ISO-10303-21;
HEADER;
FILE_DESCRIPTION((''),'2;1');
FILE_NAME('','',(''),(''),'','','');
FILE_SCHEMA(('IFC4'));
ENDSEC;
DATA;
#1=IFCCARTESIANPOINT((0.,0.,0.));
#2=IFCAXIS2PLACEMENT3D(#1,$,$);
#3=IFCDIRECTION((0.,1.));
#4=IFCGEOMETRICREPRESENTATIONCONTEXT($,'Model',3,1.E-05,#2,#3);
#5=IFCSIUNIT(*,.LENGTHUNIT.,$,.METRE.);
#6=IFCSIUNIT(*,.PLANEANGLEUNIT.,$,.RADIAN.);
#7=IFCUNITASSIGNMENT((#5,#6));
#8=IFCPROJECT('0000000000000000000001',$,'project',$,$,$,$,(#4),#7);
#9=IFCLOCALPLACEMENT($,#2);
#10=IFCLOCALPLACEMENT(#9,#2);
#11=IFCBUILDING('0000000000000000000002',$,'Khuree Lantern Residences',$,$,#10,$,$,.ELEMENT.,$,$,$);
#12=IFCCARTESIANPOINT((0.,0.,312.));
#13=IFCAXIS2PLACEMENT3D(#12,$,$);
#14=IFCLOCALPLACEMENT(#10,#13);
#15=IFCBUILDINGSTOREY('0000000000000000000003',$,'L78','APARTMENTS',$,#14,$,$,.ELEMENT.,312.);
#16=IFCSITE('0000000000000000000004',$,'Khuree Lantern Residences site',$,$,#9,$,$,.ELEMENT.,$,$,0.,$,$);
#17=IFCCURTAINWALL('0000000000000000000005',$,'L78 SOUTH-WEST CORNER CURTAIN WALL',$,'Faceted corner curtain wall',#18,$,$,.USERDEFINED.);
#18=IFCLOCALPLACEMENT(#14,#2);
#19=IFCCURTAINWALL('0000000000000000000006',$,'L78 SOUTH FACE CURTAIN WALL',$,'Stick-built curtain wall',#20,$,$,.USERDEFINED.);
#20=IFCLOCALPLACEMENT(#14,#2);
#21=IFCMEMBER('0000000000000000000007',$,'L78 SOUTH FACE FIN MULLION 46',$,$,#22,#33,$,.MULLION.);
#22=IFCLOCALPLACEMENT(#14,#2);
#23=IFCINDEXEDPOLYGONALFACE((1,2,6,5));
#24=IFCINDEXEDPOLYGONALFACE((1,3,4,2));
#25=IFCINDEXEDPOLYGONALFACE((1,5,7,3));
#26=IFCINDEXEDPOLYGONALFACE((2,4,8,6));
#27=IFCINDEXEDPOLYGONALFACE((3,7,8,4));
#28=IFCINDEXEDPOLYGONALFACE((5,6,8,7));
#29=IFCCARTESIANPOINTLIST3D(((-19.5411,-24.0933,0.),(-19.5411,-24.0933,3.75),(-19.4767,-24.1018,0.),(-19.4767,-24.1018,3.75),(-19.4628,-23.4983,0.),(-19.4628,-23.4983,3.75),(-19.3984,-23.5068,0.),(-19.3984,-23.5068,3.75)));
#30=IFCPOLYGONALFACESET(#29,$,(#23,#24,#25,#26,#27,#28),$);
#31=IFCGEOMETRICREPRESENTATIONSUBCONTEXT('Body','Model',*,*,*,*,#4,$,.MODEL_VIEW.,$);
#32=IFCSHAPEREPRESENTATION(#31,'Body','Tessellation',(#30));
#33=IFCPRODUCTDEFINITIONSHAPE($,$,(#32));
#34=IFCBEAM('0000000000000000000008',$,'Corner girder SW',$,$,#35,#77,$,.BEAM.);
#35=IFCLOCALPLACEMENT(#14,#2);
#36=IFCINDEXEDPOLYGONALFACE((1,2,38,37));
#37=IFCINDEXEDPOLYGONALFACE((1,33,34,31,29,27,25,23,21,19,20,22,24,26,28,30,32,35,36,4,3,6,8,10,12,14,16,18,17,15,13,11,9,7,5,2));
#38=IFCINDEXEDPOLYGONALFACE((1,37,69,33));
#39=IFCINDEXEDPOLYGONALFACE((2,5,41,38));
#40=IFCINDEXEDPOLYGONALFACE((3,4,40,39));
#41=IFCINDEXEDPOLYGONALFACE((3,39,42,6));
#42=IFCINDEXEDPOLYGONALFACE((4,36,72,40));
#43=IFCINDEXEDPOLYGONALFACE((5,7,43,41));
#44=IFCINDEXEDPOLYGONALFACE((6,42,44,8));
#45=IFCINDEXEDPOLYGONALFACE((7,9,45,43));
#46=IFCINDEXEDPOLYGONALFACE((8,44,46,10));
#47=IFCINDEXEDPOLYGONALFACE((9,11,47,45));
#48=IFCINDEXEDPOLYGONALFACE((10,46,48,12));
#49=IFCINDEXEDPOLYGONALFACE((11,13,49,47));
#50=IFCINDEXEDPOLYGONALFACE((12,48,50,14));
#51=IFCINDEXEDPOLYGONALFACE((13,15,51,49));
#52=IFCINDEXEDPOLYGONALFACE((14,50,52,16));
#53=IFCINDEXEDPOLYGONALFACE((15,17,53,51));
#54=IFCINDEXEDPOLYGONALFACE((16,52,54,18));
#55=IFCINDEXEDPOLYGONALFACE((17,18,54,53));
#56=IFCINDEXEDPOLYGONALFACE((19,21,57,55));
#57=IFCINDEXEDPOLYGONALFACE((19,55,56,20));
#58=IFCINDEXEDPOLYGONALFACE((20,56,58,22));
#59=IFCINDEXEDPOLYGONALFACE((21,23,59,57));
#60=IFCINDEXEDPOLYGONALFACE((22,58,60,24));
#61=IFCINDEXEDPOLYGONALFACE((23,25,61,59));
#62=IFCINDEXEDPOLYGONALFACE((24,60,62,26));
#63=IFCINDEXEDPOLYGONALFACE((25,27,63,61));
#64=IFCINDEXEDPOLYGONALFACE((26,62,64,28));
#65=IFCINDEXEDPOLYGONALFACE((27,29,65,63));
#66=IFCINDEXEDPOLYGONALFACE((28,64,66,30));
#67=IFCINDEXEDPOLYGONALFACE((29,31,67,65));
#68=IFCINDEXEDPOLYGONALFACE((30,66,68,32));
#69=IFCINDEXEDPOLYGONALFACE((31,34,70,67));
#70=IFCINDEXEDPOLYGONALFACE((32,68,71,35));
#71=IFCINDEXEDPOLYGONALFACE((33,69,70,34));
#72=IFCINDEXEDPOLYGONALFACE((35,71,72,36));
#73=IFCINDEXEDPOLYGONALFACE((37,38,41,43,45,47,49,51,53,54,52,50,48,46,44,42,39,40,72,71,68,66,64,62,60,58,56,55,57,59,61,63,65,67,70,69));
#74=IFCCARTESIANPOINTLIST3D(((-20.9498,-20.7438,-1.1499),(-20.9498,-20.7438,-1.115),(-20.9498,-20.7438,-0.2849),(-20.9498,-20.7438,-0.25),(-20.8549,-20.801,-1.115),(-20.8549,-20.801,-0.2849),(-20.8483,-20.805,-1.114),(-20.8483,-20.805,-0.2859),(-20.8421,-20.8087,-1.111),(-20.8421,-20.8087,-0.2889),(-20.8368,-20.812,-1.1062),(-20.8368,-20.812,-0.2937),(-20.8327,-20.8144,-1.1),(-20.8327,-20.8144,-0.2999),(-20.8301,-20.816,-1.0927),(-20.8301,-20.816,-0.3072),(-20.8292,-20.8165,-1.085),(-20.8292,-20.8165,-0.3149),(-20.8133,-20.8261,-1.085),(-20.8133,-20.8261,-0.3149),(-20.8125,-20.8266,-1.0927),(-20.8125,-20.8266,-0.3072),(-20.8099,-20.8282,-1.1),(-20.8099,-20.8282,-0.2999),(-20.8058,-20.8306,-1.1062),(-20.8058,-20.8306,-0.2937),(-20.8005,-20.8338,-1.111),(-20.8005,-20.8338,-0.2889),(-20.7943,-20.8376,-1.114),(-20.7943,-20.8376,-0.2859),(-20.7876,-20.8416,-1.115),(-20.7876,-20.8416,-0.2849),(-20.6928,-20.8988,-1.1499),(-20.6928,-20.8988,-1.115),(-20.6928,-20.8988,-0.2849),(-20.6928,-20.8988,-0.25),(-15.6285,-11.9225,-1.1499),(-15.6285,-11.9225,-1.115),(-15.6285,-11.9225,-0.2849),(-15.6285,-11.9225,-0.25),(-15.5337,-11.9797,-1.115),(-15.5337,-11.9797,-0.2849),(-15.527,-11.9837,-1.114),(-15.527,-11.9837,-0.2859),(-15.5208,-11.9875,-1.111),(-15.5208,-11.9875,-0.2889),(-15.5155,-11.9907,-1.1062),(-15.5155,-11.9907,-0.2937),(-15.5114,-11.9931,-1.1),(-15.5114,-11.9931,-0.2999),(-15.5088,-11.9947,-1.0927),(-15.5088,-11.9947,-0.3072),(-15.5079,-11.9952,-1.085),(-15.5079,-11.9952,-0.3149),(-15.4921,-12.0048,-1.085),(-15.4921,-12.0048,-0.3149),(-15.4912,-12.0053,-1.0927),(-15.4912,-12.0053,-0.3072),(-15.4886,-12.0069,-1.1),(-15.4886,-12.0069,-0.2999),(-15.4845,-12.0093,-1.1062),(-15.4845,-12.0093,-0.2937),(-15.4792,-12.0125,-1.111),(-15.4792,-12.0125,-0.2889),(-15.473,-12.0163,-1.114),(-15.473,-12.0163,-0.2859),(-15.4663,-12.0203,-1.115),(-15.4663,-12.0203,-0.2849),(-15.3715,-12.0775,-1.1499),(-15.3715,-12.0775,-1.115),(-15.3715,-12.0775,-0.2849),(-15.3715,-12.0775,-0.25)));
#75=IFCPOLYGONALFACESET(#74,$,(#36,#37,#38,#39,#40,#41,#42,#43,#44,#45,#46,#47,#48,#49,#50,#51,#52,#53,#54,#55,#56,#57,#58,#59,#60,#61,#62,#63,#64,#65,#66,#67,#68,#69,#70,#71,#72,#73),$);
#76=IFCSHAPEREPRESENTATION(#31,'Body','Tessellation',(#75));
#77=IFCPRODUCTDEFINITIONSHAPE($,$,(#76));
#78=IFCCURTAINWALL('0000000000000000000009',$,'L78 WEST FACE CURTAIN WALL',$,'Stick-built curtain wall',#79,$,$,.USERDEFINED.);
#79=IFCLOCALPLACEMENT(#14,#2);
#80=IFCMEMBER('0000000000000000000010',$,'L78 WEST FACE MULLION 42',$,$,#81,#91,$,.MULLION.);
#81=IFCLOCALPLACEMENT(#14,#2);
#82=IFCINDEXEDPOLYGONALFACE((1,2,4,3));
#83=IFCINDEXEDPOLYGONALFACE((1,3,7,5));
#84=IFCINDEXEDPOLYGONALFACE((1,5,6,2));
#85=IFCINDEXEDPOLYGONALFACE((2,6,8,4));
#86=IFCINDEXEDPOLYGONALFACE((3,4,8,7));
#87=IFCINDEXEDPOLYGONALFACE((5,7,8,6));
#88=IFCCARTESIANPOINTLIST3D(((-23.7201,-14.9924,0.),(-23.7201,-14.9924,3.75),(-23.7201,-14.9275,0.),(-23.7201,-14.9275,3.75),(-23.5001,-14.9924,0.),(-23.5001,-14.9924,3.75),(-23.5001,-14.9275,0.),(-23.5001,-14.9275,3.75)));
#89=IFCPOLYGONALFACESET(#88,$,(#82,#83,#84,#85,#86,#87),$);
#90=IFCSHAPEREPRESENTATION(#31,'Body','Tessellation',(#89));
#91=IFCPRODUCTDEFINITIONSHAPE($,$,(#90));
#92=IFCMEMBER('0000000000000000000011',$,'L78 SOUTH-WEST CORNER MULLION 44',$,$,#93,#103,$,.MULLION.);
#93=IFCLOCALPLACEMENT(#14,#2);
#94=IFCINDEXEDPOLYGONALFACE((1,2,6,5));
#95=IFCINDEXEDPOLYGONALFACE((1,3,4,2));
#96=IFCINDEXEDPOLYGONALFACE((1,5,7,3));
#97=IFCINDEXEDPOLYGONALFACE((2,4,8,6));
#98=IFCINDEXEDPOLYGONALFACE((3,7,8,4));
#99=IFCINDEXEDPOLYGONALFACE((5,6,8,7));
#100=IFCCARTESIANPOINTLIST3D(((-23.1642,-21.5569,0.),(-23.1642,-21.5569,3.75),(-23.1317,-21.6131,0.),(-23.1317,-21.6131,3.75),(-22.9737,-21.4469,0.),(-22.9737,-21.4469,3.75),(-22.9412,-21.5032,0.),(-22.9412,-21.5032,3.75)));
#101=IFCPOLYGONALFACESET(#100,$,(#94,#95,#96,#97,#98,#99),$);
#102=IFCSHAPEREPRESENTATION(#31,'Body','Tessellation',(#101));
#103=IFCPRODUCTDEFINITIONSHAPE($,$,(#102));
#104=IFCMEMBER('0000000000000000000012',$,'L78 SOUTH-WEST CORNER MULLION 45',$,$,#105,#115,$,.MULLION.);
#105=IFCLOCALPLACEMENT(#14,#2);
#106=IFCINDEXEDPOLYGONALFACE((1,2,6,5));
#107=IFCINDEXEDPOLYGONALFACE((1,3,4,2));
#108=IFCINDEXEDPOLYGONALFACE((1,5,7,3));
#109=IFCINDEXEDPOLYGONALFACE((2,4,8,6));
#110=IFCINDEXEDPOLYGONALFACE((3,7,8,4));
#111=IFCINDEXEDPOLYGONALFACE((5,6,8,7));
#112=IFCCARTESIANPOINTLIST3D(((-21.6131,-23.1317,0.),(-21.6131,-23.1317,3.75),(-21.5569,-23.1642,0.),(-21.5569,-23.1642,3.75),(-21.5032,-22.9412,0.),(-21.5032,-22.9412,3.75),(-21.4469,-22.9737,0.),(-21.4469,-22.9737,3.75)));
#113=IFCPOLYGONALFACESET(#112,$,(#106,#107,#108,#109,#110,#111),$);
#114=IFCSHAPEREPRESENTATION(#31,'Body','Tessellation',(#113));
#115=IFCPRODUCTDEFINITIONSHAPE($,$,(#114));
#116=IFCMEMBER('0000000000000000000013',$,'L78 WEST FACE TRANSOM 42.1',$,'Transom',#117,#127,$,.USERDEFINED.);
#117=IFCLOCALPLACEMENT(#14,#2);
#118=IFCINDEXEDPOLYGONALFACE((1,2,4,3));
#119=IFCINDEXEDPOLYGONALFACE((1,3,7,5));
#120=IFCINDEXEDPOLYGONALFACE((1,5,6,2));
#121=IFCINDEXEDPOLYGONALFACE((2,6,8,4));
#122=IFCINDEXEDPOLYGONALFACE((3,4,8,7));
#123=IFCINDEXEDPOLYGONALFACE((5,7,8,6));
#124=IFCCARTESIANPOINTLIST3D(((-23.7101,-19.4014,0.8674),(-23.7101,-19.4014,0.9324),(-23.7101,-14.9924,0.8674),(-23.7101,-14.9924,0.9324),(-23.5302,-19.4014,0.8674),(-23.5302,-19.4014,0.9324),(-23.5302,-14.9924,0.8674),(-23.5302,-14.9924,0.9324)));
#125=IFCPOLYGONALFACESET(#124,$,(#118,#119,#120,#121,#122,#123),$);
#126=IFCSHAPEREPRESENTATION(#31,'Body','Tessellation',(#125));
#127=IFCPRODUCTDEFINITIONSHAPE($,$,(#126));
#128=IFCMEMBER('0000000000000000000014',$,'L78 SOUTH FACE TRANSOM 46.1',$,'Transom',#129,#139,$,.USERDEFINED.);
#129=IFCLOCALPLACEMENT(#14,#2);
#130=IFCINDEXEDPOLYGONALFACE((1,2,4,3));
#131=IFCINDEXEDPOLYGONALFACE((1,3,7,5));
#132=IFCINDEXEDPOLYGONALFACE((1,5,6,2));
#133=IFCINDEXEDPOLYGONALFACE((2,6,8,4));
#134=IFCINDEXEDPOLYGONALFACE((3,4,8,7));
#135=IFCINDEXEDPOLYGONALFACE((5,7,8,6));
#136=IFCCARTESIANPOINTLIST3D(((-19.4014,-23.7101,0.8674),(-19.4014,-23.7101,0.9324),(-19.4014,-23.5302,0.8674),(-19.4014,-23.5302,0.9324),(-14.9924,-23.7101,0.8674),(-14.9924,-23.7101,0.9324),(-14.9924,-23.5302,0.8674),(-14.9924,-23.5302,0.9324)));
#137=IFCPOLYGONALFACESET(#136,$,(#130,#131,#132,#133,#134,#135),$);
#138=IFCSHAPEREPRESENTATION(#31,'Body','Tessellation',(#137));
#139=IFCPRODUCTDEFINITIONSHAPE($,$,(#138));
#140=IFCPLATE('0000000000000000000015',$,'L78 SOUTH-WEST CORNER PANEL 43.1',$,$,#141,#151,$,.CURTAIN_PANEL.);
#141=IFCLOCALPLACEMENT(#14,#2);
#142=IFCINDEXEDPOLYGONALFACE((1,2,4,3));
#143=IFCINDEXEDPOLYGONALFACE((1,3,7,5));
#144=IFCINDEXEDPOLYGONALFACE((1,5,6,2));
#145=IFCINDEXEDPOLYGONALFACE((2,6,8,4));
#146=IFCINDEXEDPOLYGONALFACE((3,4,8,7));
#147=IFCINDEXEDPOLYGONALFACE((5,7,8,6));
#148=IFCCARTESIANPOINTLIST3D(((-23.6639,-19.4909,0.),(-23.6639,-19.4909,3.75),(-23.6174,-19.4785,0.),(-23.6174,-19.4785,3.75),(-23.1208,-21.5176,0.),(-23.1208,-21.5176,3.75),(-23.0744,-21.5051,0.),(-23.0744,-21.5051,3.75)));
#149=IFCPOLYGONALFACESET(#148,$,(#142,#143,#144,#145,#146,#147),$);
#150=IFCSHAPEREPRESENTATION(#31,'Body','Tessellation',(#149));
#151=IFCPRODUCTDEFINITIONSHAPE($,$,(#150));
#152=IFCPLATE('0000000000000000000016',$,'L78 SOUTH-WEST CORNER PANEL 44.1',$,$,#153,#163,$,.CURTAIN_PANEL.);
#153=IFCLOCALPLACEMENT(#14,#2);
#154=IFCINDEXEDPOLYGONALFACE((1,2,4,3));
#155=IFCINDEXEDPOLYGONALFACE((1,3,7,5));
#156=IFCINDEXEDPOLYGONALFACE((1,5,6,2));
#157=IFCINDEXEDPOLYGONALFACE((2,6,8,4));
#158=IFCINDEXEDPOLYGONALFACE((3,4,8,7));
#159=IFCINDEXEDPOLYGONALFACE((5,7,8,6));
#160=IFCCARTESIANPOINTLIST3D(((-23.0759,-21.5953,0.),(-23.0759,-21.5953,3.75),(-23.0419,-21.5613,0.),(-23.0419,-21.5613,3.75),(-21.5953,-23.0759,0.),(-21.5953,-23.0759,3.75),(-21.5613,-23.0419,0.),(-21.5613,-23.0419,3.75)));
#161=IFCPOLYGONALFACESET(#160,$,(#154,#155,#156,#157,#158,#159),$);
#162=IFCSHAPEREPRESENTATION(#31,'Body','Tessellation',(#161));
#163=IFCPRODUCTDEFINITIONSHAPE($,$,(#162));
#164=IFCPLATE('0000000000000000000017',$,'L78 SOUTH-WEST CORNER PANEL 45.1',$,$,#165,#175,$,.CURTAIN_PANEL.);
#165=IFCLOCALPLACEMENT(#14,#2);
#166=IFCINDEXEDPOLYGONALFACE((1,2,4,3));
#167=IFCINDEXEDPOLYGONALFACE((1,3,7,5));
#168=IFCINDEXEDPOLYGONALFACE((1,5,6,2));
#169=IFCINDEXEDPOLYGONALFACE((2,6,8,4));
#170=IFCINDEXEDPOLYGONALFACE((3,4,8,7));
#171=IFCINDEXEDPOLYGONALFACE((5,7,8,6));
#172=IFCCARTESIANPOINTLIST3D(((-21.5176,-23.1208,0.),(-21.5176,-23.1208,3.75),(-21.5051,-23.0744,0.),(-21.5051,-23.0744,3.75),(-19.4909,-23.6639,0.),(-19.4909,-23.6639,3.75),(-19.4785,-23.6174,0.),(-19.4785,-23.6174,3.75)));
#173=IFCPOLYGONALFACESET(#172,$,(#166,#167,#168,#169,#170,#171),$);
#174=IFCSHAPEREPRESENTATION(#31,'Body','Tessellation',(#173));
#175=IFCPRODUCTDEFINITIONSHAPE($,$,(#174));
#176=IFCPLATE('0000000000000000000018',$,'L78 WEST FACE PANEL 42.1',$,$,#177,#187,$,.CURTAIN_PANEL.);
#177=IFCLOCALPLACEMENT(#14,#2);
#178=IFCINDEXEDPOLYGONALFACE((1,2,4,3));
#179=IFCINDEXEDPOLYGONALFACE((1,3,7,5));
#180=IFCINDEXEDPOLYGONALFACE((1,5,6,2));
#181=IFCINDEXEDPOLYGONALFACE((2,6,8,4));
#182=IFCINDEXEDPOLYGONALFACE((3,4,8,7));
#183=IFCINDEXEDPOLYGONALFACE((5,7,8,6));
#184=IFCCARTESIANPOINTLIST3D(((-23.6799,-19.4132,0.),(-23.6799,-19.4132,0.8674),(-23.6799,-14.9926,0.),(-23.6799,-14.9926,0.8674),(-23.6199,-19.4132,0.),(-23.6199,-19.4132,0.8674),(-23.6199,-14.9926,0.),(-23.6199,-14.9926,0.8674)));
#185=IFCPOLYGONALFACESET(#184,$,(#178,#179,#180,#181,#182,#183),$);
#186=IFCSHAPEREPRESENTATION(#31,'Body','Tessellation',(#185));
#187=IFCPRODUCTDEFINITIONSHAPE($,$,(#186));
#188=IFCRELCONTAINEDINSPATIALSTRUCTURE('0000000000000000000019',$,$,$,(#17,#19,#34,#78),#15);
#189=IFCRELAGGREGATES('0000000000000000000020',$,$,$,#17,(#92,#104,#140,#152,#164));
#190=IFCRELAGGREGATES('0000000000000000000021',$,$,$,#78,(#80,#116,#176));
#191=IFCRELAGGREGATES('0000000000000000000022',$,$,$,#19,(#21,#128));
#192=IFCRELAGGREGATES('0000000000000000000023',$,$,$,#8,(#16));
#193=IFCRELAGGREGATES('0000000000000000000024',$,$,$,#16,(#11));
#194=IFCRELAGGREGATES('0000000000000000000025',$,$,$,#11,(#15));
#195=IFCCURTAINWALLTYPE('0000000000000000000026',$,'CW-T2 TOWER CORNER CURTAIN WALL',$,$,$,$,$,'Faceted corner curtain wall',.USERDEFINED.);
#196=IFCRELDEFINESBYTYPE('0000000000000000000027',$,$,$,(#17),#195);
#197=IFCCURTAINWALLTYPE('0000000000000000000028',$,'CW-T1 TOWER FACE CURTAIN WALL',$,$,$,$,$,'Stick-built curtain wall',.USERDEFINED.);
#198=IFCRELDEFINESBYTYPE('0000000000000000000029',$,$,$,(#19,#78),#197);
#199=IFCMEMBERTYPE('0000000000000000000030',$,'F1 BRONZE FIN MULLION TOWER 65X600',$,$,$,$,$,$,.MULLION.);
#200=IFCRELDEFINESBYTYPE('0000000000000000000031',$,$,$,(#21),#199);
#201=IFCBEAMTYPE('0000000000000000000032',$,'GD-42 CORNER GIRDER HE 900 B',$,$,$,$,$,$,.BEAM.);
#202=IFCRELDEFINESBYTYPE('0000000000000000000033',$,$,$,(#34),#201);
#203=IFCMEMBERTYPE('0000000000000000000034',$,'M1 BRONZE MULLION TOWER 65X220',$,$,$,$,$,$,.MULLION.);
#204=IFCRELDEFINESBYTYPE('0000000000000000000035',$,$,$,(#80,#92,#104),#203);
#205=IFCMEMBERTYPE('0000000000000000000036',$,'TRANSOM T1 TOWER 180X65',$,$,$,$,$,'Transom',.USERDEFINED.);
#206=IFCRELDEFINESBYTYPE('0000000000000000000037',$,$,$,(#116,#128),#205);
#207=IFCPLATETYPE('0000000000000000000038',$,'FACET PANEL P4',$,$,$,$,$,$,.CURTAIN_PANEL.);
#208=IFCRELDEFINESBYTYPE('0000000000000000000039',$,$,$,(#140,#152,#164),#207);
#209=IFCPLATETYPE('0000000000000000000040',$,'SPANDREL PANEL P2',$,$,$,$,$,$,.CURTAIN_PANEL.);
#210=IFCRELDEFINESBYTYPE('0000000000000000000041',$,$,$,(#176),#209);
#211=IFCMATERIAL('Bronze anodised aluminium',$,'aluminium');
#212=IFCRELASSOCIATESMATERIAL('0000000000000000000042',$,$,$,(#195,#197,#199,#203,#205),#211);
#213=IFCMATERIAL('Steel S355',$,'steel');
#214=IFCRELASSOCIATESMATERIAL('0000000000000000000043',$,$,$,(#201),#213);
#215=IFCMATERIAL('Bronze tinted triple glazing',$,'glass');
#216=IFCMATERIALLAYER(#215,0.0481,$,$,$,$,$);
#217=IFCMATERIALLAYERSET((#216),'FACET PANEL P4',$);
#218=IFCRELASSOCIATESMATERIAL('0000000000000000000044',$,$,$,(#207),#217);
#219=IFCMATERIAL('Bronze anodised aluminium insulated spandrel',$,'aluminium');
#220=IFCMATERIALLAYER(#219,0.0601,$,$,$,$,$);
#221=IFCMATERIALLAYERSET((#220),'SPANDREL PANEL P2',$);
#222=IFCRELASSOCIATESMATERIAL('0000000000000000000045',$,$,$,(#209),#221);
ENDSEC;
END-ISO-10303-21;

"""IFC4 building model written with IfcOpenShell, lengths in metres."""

from ifc_helpers import new_model, si_unit, direction, frame, origin, origin_2d, place, context, subcontext, project, spatial, rectangle, i_section, extrude, material, layer, layer_set, material_profile, profile_set, type_object, element, aggregate, save


model = new_model("IFC4")

# Units and contexts
model_context = context("Model", 3, precision=1e-05, world=origin(), true_north=direction((0.0, 1.0)))
body_context = subcontext(model_context, "Body", "Model", "MODEL_VIEW")
ifc_project = project(units=[si_unit("LENGTHUNIT", "METRE"), si_unit("PLANEANGLEUNIT", "RADIAN")], contexts=[model_context])

# Site, building, storey
site_placement = place(None, origin())
site = spatial("IfcSite", under=ifc_project, at=site_placement, Name="Khuree Lantern Residences site", CompositionType="ELEMENT", RefElevation=0.0)
building_placement = place(site_placement, origin())
building = spatial("IfcBuilding", under=site, at=building_placement, Name="Khuree Lantern Residences", CompositionType="ELEMENT")
storey_placement = place(building_placement, frame((0.0, 0.0, 312.0)))
storey = spatial("IfcBuildingStorey", under=building, at=storey_placement, Name="L78", Description="APARTMENTS", CompositionType="ELEMENT", Elevation=312.0)

# Shared definitions
ifc_material_1 = material(Name="Steel S355", Category="steel")

# Curtain walls, member
ifc_material_2 = material(Name="Bronze anodised aluminium", Category="aluminium")
curtain_wall_type_1 = type_object("IfcCurtainWallType", Name="CW-T2 TOWER CORNER CURTAIN WALL", ElementType="Faceted corner curtain wall", PredefinedType="USERDEFINED", material=ifc_material_2)
curtain_wall_1_placement = place(storey_placement, origin())
curtain_wall_1 = element("IfcCurtainWall", 1, at=curtain_wall_1_placement, inside=storey, type_object=curtain_wall_type_1, Name="L78 SOUTH-WEST CORNER CURTAIN WALL", ObjectType="Faceted corner curtain wall", PredefinedType="USERDEFINED")
ifc_material_profile_1 = material_profile(ifc_material_2, rectangle(XDim=0.0649, YDim=0.6001, at=origin_2d()), Name="F1 65X600")
ifc_profile_set_1 = profile_set([ifc_material_profile_1], Name="Bronze anodised aluminium")
member_type_1 = type_object("IfcMemberType", Name="F1 BRONZE FIN MULLION TOWER 65X600", PredefinedType="MULLION", material=ifc_profile_set_1)
curtain_wall_type_2 = type_object("IfcCurtainWallType", Name="CW-T1 TOWER FACE CURTAIN WALL", ElementType="Stick-built curtain wall", PredefinedType="USERDEFINED", material=ifc_material_2)
curtain_wall_2_placement = place(storey_placement, origin())
curtain_wall_2 = element("IfcCurtainWall", 2, at=curtain_wall_2_placement, inside=storey, type_object=curtain_wall_type_2, Name="L78 SOUTH FACE CURTAIN WALL", ObjectType="Stick-built curtain wall", PredefinedType="USERDEFINED")
member_1_placement = place(storey_placement, frame((-19.4697, -23.8, 0.0), z_axis=(0.0, 0.0, 1.0), x_axis=(0.991445, -0.130526, 0.0)))
member_1 = element("IfcMember", 3, at=member_1_placement, type_object=member_type_1, Name="L78 SOUTH FACE FIN MULLION 46", PredefinedType="MULLION", context=body_context, shape_type="SweptSolid", body=[
    extrude(rectangle(XDim=0.0649, YDim=0.6001, at=origin_2d()), origin(), (0.0, 0.0, 1.0), 3.75),
])

# Beam
ifc_material_profile_2 = material_profile(ifc_material_1, i_section(OverallWidth=0.3, OverallDepth=0.8999, WebThickness=0.0186, FlangeThickness=0.0349, FilletRadius=0.03, at=origin_2d()), Name="HE 900 B")
ifc_profile_set_2 = profile_set([ifc_material_profile_2], Name="Steel S355")
beam_type_1 = type_object("IfcBeamType", Name="GD-42 CORNER GIRDER HE 900 B", PredefinedType="BEAM", material=ifc_profile_set_2)
beam_1_placement = place(storey_placement, frame((-20.8213, -20.8213, -0.7), z_axis=(0.51653, 0.856269, 0.0), x_axis=(-0.856269, 0.51653, 0.0)))
element("IfcBeam", 4, at=beam_1_placement, inside=storey, type_object=beam_type_1, Name="Corner girder SW", PredefinedType="BEAM", context=body_context, shape_type="SweptSolid", body=[
    extrude(i_section(OverallWidth=0.3, OverallDepth=0.8999, WebThickness=0.0186, FlangeThickness=0.0349, FilletRadius=0.03, at=origin_2d()), origin(), (0.0, 0.0, 1.0), 10.302),
])

# Curtain wall, member
curtain_wall_3_placement = place(storey_placement, origin())
curtain_wall_3 = element("IfcCurtainWall", 5, at=curtain_wall_3_placement, inside=storey, type_object=curtain_wall_type_2, Name="L78 WEST FACE CURTAIN WALL", ObjectType="Stick-built curtain wall", PredefinedType="USERDEFINED")
ifc_material_profile_3 = material_profile(ifc_material_2, rectangle(XDim=0.0649, YDim=0.22, at=origin_2d()), Name="M1 65X220")
ifc_profile_set_3 = profile_set([ifc_material_profile_3], Name="Bronze anodised aluminium")
member_type_2 = type_object("IfcMemberType", Name="M1 BRONZE MULLION TOWER 65X220", PredefinedType="MULLION", material=ifc_profile_set_3)
member_2_placement = place(storey_placement, frame((-23.6101, -14.96, 0.0), z_axis=(0.0, 0.0, 1.0), x_axis=(0.0, -1.0, 0.0)))
member_2 = element("IfcMember", 6, at=member_2_placement, type_object=member_type_2, Name="L78 WEST FACE MULLION 42", PredefinedType="MULLION", context=body_context, shape_type="SweptSolid", body=[
    extrude(rectangle(XDim=0.0649, YDim=0.22, at=origin_2d()), origin(), (0.0, 0.0, 1.0), 3.75),
])

# Members
member_3_placement = place(storey_placement, frame((-23.0527, -21.53, 0.0), z_axis=(0.0, 0.0, 1.0), x_axis=(0.5, -0.866025, 0.0)))
member_3 = element("IfcMember", 7, at=member_3_placement, type_object=member_type_2, Name="L78 SOUTH-WEST CORNER MULLION 44", PredefinedType="MULLION", context=body_context, shape_type="SweptSolid", body=[
    extrude(rectangle(XDim=0.0649, YDim=0.22, at=origin_2d()), origin(), (0.0, 0.0, 1.0), 3.75),
])
member_4_placement = place(storey_placement, frame((-21.53, -23.0527, 0.0), z_axis=(0.0, 0.0, 1.0), x_axis=(0.866025, -0.5, 0.0)))
member_4 = element("IfcMember", 8, at=member_4_placement, type_object=member_type_2, Name="L78 SOUTH-WEST CORNER MULLION 45", PredefinedType="MULLION", context=body_context, shape_type="SweptSolid", body=[
    extrude(rectangle(XDim=0.0649, YDim=0.22, at=origin_2d()), origin(), (0.0, 0.0, 1.0), 3.75),
])
ifc_material_profile_4 = material_profile(ifc_material_2, rectangle(XDim=0.1799, YDim=0.0649, at=origin_2d()), Name="T1 180X65")
ifc_profile_set_4 = profile_set([ifc_material_profile_4], Name="Bronze anodised aluminium")
member_type_3 = type_object("IfcMemberType", Name="TRANSOM T1 TOWER 180X65", ElementType="Transom", PredefinedType="USERDEFINED", material=ifc_profile_set_4)
member_5_placement = place(storey_placement, frame((-23.6201, -14.9924, 0.8999), z_axis=(0.0, -1.0, 0.0), x_axis=(1.0, 0.0, 0.0)))
member_5 = element("IfcMember", 9, at=member_5_placement, type_object=member_type_3, Name="L78 WEST FACE TRANSOM 42.1", ObjectType="Transom", PredefinedType="USERDEFINED", context=body_context, shape_type="SweptSolid", body=[
    extrude(rectangle(XDim=0.1799, YDim=0.0649, at=origin_2d()), origin(), (0.0, 0.0, 1.0), 4.4089),
])
member_6_placement = place(storey_placement, frame((-19.4014, -23.6201, 0.8999), z_axis=(1.0, 0.0, 0.0), x_axis=(0.0, 1.0, 0.0)))
member_6 = element("IfcMember", 10, at=member_6_placement, type_object=member_type_3, Name="L78 SOUTH FACE TRANSOM 46.1", ObjectType="Transom", PredefinedType="USERDEFINED", context=body_context, shape_type="SweptSolid", body=[
    extrude(rectangle(XDim=0.1799, YDim=0.0649, at=origin_2d()), origin(), (0.0, 0.0, 1.0), 4.4089),
])

# Plates
ifc_material_3 = material(Name="Bronze tinted triple glazing", Category="glass")
ifc_layer_1 = layer(ifc_material_3, 0.0481)
ifc_layer_set_1 = layer_set([ifc_layer_1], Name="FACET PANEL P4")
plate_type_1 = type_object("IfcPlateType", Name="FACET PANEL P4", PredefinedType="CURTAIN_PANEL", material=ifc_layer_set_1)
plate_1_placement = place(storey_placement, frame((-23.3691, -20.498, 0.0), z_axis=(0.0, 0.0, 1.0), x_axis=(0.258819, -0.965926, 0.0)))
plate_1 = element("IfcPlate", 11, at=plate_1_placement, type_object=plate_type_1, Name="L78 SOUTH-WEST CORNER PANEL 43.1", PredefinedType="CURTAIN_PANEL", context=body_context, shape_type="SweptSolid", body=[
    extrude(rectangle(XDim=2.0981, YDim=0.0481, at=origin_2d()), origin(), (0.0, 0.0, 1.0), 3.75),
])
plate_2_placement = place(storey_placement, frame((-22.3186, -22.3186, 0.0), z_axis=(0.0, 0.0, 1.0), x_axis=(0.707107, -0.707107, 0.0)))
plate_2 = element("IfcPlate", 12, at=plate_2_placement, type_object=plate_type_1, Name="L78 SOUTH-WEST CORNER PANEL 44.1", PredefinedType="CURTAIN_PANEL", context=body_context, shape_type="SweptSolid", body=[
    extrude(rectangle(XDim=2.094, YDim=0.0481, at=origin_2d()), origin(), (0.0, 0.0, 1.0), 3.75),
])
plate_3_placement = place(storey_placement, frame((-20.498, -23.3691, 0.0), z_axis=(0.0, 0.0, 1.0), x_axis=(0.965926, -0.258819, 0.0)))
plate_3 = element("IfcPlate", 13, at=plate_3_placement, type_object=plate_type_1, Name="L78 SOUTH-WEST CORNER PANEL 45.1", PredefinedType="CURTAIN_PANEL", context=body_context, shape_type="SweptSolid", body=[
    extrude(rectangle(XDim=2.0981, YDim=0.0481, at=origin_2d()), origin(), (0.0, 0.0, 1.0), 3.75),
])
aggregate(curtain_wall_1, [member_3, member_4, plate_1, plate_2, plate_3])
ifc_material_4 = material(Name="Bronze anodised aluminium insulated spandrel", Category="aluminium")
ifc_layer_2 = layer(ifc_material_4, 0.0601)
ifc_layer_set_2 = layer_set([ifc_layer_2], Name="SPANDREL PANEL P2")
plate_type_2 = type_object("IfcPlateType", Name="SPANDREL PANEL P2", PredefinedType="CURTAIN_PANEL", material=ifc_layer_set_2)
plate_4_placement = place(storey_placement, frame((-23.6499, -17.2029, 0.0), z_axis=(0.0, 0.0, 1.0), x_axis=(0.0, -1.0, 0.0)))
plate_4 = element("IfcPlate", 14, at=plate_4_placement, type_object=plate_type_2, Name="L78 WEST FACE PANEL 42.1", PredefinedType="CURTAIN_PANEL", context=body_context, shape_type="SweptSolid", body=[
    extrude(rectangle(XDim=4.4207, YDim=0.0601, at=origin_2d()), origin(), (0.0, 0.0, 1.0), 0.8674),
])
aggregate(curtain_wall_3, [member_2, member_5, plate_4])
aggregate(curtain_wall_2, [member_1, member_6])

save(model, "model.ifc")
